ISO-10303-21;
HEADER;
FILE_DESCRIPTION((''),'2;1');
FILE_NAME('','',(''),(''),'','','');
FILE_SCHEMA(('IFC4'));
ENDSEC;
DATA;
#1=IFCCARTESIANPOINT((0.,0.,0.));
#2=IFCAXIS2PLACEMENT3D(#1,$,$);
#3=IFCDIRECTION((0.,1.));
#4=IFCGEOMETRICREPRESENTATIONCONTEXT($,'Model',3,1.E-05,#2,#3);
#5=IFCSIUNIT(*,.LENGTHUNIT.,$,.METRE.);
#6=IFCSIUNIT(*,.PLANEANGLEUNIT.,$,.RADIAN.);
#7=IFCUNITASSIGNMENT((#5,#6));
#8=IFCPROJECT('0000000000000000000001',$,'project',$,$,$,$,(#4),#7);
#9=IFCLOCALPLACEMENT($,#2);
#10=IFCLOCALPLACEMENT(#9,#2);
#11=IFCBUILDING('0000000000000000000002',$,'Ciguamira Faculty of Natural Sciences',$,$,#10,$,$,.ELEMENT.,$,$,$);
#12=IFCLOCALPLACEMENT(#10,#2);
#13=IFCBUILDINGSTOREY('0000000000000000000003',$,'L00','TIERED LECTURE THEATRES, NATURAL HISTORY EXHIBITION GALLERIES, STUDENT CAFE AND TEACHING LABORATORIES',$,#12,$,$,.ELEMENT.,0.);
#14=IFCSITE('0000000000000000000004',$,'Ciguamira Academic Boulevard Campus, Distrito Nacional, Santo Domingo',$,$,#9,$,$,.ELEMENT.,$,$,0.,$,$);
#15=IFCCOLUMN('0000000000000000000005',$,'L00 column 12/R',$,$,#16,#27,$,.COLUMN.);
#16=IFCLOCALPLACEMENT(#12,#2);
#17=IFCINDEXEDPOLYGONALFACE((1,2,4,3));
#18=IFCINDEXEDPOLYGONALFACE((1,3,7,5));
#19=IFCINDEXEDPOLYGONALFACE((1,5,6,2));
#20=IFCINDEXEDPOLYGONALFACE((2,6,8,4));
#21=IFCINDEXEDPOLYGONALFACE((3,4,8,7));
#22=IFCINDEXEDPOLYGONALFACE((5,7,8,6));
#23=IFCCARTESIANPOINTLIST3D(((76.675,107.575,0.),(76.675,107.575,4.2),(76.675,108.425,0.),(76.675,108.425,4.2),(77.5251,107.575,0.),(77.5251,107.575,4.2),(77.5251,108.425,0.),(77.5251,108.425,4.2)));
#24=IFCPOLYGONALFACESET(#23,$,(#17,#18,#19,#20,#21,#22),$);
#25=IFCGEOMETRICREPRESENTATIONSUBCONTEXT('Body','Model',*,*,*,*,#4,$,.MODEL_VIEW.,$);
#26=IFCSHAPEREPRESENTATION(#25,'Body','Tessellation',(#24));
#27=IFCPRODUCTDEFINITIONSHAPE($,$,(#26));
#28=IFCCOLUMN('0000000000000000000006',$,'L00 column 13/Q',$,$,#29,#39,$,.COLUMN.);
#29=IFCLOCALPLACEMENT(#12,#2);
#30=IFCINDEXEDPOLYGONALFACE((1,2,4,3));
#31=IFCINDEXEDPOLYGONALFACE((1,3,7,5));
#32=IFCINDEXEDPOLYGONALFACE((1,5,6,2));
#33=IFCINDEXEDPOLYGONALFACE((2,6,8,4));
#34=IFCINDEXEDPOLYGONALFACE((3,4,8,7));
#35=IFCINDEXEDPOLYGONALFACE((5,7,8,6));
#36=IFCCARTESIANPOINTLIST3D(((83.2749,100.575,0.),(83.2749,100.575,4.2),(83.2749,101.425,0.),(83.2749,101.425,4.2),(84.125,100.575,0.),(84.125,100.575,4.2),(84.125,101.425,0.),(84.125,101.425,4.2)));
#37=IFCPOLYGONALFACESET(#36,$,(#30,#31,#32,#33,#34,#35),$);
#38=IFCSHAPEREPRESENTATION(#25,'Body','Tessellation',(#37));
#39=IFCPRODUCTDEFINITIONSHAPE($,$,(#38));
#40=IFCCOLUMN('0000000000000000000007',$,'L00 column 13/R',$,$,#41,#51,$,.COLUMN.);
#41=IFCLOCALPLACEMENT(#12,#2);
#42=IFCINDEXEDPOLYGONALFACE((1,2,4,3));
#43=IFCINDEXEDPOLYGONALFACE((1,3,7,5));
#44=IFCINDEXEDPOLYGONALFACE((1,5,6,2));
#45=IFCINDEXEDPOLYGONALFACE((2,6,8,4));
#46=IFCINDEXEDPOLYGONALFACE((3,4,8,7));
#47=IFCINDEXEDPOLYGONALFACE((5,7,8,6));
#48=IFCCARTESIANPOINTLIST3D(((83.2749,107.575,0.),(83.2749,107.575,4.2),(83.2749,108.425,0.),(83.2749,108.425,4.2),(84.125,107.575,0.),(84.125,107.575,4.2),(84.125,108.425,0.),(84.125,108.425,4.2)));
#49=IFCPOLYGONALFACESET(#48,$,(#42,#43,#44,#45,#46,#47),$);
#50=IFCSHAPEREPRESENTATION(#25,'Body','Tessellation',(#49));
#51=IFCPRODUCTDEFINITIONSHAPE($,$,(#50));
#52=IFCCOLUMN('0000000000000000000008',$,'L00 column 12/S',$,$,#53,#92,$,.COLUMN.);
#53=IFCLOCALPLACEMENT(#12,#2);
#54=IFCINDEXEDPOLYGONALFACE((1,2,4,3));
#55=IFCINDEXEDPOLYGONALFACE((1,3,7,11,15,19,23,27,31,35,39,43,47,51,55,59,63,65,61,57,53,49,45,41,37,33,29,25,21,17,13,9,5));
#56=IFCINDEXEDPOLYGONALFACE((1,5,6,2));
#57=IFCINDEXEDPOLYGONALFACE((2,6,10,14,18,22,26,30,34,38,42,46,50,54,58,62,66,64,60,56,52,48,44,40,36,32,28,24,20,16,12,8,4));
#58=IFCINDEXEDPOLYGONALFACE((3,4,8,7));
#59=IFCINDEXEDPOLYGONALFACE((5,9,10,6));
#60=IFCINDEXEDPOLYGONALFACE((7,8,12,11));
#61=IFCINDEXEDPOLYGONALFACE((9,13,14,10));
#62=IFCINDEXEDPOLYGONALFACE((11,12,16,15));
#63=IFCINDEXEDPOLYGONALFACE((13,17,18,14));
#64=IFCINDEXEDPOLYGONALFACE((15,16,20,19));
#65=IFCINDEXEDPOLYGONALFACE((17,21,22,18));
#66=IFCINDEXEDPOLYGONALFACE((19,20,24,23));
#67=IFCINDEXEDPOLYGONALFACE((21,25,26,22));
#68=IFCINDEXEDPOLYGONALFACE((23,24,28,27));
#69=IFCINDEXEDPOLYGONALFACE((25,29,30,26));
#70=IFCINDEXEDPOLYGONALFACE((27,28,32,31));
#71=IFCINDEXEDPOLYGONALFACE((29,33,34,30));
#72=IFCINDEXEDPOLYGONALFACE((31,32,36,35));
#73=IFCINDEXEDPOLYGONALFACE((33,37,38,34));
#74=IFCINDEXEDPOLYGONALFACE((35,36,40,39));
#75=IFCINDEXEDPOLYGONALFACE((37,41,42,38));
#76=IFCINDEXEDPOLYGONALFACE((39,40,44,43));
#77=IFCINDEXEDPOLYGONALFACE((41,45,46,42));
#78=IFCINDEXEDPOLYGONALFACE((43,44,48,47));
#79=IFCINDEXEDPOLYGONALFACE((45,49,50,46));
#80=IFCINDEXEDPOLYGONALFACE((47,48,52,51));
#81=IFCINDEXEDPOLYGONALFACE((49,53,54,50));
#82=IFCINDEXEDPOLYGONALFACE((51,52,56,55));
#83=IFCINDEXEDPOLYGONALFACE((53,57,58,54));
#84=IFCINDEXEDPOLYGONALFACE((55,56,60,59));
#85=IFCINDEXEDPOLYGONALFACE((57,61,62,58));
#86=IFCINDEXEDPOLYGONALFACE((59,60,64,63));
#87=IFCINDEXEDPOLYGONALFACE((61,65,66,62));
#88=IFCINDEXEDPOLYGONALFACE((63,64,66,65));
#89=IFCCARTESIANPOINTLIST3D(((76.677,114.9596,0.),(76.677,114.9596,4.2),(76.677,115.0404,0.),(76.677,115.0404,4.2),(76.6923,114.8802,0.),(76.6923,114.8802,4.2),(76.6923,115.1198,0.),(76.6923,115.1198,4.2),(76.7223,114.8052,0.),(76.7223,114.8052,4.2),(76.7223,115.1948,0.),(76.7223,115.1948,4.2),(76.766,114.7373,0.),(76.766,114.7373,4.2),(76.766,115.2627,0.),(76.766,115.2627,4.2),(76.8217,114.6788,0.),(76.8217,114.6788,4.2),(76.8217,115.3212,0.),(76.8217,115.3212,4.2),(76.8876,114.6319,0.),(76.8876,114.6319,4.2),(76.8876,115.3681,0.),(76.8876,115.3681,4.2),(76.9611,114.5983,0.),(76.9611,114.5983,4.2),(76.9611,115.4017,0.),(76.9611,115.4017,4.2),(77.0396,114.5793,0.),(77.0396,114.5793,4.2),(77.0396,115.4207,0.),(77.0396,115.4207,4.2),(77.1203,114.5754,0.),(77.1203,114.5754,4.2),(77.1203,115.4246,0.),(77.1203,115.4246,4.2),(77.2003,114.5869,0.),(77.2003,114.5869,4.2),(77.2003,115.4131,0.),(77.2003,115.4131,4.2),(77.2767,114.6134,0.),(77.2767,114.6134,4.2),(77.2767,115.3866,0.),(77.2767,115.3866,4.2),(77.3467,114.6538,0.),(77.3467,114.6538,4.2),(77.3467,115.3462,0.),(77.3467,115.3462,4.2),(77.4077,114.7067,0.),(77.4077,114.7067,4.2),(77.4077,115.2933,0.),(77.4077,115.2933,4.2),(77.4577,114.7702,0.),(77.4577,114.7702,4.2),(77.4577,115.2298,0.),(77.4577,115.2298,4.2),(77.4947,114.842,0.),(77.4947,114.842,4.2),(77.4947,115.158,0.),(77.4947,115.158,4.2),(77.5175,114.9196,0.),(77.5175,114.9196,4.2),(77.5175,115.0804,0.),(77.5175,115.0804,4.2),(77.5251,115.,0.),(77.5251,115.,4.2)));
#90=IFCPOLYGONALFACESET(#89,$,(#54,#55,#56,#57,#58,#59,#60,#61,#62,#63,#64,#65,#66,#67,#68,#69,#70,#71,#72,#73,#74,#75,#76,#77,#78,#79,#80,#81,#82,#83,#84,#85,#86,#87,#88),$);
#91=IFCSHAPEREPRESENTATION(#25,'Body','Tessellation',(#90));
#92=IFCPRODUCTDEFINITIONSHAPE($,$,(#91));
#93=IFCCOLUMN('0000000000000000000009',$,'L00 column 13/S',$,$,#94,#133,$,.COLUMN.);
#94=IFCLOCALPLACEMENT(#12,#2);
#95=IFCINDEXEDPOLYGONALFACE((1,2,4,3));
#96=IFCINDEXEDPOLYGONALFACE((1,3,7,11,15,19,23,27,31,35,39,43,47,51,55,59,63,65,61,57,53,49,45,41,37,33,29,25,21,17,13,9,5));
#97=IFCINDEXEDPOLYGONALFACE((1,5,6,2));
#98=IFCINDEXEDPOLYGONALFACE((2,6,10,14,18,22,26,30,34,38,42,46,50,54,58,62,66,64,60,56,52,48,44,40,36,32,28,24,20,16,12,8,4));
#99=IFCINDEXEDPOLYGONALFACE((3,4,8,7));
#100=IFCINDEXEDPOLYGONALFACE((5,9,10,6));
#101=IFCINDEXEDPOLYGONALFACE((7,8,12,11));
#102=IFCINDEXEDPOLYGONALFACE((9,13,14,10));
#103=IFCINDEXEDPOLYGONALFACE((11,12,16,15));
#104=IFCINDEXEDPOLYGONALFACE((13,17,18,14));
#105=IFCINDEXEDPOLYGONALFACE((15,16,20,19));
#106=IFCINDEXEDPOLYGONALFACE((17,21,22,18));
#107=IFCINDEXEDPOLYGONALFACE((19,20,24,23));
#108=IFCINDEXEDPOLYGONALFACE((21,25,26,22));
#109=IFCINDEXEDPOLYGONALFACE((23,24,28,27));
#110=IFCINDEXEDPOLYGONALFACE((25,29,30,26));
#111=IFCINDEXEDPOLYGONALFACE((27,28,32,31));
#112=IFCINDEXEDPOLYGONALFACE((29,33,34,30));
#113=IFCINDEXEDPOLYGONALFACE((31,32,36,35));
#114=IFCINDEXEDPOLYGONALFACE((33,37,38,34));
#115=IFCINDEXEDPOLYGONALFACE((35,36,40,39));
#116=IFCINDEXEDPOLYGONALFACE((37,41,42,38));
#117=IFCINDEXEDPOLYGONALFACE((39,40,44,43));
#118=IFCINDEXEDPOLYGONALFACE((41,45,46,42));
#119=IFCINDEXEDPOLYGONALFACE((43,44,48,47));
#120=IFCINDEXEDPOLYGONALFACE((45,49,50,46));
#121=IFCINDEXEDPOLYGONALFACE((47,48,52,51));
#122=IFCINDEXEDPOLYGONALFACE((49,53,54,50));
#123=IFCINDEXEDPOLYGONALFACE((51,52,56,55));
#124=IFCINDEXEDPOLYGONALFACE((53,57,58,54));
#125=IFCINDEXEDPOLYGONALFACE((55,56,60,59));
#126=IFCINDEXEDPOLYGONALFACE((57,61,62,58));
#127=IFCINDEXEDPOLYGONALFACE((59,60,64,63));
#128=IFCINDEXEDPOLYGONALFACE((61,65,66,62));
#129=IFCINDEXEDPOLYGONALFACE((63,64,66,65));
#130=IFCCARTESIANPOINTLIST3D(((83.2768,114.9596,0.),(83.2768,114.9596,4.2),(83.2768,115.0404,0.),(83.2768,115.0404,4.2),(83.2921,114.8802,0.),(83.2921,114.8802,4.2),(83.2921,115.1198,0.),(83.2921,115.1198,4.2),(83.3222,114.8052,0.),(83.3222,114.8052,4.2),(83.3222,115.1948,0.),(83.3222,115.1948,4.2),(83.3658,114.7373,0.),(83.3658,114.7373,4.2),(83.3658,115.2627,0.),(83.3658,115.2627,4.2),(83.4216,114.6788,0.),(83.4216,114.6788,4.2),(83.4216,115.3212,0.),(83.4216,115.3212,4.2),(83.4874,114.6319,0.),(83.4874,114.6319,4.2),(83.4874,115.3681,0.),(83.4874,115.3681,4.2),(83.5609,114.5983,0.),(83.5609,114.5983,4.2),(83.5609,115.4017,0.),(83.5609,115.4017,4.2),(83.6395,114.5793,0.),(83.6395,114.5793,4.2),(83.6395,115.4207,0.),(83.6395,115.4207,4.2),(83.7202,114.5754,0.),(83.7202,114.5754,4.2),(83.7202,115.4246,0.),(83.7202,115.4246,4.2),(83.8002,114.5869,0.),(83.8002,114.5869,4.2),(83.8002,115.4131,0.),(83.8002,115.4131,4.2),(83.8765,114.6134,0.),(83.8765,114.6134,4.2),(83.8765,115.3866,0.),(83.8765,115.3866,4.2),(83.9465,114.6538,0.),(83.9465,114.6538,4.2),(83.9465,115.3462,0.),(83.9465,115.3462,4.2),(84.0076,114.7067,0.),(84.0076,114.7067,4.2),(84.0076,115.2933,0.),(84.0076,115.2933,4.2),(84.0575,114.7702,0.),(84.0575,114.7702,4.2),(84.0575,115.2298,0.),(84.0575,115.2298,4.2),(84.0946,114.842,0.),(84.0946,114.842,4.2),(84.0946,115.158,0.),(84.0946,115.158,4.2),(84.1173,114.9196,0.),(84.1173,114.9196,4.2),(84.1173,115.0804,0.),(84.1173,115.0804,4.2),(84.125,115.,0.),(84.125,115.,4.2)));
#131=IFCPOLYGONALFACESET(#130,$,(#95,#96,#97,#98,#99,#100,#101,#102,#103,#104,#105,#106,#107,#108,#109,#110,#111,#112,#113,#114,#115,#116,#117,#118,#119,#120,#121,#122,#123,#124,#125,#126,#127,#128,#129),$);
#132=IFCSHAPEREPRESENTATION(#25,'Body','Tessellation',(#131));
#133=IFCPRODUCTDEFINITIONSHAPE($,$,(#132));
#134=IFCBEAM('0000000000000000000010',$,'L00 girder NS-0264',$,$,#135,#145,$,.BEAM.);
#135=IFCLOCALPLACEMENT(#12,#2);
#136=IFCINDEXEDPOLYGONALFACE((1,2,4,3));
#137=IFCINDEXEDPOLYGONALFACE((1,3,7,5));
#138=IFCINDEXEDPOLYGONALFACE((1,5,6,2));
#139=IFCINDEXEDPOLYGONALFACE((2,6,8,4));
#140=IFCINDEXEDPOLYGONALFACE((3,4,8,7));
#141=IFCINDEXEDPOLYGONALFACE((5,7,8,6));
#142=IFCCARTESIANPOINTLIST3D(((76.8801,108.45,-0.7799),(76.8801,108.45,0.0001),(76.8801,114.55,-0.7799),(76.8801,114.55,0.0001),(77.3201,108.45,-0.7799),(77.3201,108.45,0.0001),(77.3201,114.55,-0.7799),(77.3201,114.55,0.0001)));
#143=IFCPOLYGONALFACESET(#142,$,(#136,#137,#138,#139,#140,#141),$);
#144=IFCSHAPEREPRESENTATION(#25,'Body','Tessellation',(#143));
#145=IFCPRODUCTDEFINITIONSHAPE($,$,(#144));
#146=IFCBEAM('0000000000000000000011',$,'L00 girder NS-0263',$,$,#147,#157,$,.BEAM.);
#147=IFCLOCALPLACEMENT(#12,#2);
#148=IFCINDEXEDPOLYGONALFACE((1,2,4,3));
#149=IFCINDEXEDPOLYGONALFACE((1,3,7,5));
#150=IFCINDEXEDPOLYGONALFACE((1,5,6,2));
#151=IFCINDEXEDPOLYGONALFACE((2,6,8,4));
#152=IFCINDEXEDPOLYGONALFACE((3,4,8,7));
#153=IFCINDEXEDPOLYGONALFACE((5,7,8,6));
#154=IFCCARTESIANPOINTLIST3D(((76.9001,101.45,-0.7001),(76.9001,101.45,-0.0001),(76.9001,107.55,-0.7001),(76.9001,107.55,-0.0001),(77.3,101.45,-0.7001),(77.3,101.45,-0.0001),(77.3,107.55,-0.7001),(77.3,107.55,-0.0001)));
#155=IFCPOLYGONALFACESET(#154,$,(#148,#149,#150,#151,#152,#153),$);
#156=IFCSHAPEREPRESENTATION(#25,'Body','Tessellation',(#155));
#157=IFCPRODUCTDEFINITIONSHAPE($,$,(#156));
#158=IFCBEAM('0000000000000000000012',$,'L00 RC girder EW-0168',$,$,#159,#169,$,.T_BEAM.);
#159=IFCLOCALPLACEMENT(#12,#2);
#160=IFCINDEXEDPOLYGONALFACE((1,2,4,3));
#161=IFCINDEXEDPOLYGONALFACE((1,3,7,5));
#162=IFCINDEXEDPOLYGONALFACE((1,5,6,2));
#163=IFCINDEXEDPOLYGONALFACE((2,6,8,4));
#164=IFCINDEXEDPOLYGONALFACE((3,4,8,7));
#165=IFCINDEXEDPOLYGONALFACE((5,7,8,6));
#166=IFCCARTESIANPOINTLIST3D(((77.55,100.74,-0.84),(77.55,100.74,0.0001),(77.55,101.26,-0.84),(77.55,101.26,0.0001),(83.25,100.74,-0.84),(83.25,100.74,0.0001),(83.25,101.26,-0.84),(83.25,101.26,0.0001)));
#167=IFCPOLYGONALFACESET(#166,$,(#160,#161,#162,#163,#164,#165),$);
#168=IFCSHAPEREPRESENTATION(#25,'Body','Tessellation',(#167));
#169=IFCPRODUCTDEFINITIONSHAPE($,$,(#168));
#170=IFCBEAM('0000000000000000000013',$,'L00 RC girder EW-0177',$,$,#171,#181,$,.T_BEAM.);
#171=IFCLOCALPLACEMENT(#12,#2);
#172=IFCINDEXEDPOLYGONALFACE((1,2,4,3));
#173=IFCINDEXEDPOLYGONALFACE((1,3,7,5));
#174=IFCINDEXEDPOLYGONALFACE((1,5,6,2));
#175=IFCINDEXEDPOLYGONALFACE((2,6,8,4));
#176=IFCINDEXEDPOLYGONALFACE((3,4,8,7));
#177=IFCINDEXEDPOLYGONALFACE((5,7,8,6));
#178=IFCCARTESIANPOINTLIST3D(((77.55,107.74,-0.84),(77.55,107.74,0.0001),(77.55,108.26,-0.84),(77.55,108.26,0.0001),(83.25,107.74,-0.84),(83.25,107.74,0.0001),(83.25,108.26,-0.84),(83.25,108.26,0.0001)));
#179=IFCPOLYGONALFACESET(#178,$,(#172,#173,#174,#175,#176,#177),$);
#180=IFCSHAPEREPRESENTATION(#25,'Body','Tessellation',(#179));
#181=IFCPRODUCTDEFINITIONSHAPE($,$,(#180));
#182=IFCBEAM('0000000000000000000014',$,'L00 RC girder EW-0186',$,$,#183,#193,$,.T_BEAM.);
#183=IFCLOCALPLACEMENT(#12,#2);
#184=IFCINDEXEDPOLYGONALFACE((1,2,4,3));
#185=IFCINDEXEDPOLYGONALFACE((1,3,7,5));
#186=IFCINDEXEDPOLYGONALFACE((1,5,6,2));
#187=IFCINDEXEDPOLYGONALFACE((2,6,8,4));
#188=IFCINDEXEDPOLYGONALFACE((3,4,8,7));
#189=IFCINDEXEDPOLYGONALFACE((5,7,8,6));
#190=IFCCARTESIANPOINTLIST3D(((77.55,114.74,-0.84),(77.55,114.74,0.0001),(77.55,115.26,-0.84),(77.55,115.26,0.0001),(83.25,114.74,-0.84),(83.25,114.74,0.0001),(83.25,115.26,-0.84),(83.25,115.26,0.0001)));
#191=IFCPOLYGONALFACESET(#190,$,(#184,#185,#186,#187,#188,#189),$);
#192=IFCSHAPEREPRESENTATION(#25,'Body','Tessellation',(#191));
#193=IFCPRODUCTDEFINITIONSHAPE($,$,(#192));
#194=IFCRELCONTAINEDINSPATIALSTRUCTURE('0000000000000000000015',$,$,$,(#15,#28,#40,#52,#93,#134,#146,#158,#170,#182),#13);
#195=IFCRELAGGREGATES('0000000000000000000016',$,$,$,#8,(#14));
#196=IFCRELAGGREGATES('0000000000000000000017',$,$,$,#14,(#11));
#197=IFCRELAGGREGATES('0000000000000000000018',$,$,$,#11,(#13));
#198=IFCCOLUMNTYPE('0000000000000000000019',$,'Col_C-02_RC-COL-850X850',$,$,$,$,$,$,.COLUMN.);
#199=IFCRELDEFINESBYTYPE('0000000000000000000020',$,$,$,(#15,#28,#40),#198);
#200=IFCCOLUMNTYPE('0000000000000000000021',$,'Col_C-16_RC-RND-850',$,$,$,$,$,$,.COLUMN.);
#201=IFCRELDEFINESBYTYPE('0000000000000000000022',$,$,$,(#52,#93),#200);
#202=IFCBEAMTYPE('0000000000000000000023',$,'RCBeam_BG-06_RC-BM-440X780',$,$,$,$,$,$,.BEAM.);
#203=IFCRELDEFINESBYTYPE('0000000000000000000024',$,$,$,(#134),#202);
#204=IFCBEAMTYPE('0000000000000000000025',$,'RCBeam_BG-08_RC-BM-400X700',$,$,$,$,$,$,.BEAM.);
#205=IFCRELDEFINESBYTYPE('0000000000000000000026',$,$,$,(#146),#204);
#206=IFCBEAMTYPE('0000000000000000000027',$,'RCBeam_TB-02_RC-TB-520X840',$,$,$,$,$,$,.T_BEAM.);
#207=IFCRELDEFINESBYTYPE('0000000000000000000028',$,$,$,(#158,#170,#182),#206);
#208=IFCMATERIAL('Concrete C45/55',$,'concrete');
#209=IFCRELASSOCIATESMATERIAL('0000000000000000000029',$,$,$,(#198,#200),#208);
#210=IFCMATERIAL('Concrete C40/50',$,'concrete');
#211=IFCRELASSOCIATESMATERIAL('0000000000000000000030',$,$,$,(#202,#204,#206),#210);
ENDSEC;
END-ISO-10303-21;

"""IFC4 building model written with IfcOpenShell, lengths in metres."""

from ifc_helpers import new_model, si_unit, direction, frame, origin, origin_2d, place, context, subcontext, project, spatial, rectangle, circle, extrude, material, material_profile, profile_set, type_object, element, save


model = new_model("IFC4")

# Units and contexts
model_context = context("Model", 3, precision=1e-05, world=origin(), true_north=direction((0.0, 1.0)))
body_context = subcontext(model_context, "Body", "Model", "MODEL_VIEW")
ifc_project = project(units=[si_unit("LENGTHUNIT", "METRE"), si_unit("PLANEANGLEUNIT", "RADIAN")], contexts=[model_context])

# Site, building, storey
site_placement = place(None, origin())
site = spatial("IfcSite", under=ifc_project, at=site_placement, Name="Ciguamira Academic Boulevard Campus, Distrito Nacional, Santo Domingo", CompositionType="ELEMENT", RefElevation=0.0)
building_placement = place(site_placement, origin())
building = spatial("IfcBuilding", under=site, at=building_placement, Name="Ciguamira Faculty of Natural Sciences", CompositionType="ELEMENT")
storey_placement = place(building_placement, origin())
storey = spatial("IfcBuildingStorey", under=building, at=storey_placement, Name="L00", Description="TIERED LECTURE THEATRES, NATURAL HISTORY EXHIBITION GALLERIES, STUDENT CAFE AND TEACHING LABORATORIES", CompositionType="ELEMENT", Elevation=0.0)

# Columns
ifc_material_1 = material(Name="Concrete C45/55", Category="concrete")
ifc_material_profile_1 = material_profile(ifc_material_1, rectangle(XDim=0.8501, YDim=0.8501, at=origin_2d()), Name="RC-COL-850X850")
ifc_profile_set_1 = profile_set([ifc_material_profile_1], Name="Concrete C45/55")
column_type_1 = type_object("IfcColumnType", Name="Col_C-02_RC-COL-850X850", PredefinedType="COLUMN", material=ifc_profile_set_1)
for number, where, z_axis, x_axis, name in (
    (1, (77.1001, 108.0, 0.0), (0.0, 0.0, 1.0), (1.0, 0.0, 0.0), "L00 column 12/R"),
    (2, (83.7, 101.0, 0.0), (0.0, 0.0, 1.0), (1.0, 0.0, 0.0), "L00 column 13/Q"),
    (3, (83.7, 108.0, 0.0), (0.0, 0.0, 1.0), (1.0, 0.0, 0.0), "L00 column 13/R"),
):
    element("IfcColumn", number, at=place(storey_placement, frame(where, z_axis=z_axis, x_axis=x_axis)), inside=storey, type_object=column_type_1, Name=name, PredefinedType="COLUMN", context=body_context, shape_type="SweptSolid", body=[
        extrude(rectangle(XDim=0.8501, YDim=0.8501, at=origin_2d()), origin(), (0.0, 0.0, 1.0), 4.2),
    ])
ifc_material_profile_2 = material_profile(ifc_material_1, circle(Radius=0.425, at=origin_2d()), Name="RC-RND-850")
ifc_profile_set_2 = profile_set([ifc_material_profile_2], Name="Concrete C45/55")
column_type_2 = type_object("IfcColumnType", Name="Col_C-16_RC-RND-850", PredefinedType="COLUMN", material=ifc_profile_set_2)
for number, where, z_axis, x_axis, name in (
    (4, (77.1001, 115.0, 0.0), (0.0, 0.0, 1.0), (1.0, 0.0, 0.0), "L00 column 12/S"),
    (5, (83.7, 115.0, 0.0), (0.0, 0.0, 1.0), (1.0, 0.0, 0.0), "L00 column 13/S"),
):
    element("IfcColumn", number, at=place(storey_placement, frame(where, z_axis=z_axis, x_axis=x_axis)), inside=storey, type_object=column_type_2, Name=name, PredefinedType="COLUMN", context=body_context, shape_type="SweptSolid", body=[
        extrude(circle(Radius=0.425, at=origin_2d()), origin(), (0.0, 0.0, 1.0), 4.2),
    ])

# Beams
ifc_material_2 = material(Name="Concrete C40/50", Category="concrete")
ifc_material_profile_3 = material_profile(ifc_material_2, rectangle(XDim=0.4399, YDim=0.78, at=origin_2d()), Name="RC-BM-440X780")
ifc_profile_set_3 = profile_set([ifc_material_profile_3], Name="Concrete C40/50")
beam_type_1 = type_object("IfcBeamType", Name="RCBeam_BG-06_RC-BM-440X780", PredefinedType="BEAM", material=ifc_profile_set_3)
beam_1_placement = place(storey_placement, frame((77.1001, 108.45, -0.3899), z_axis=(0.0, 1.0, 0.0), x_axis=(-1.0, 0.0, 0.0)))
element("IfcBeam", 6, at=beam_1_placement, inside=storey, type_object=beam_type_1, Name="L00 girder NS-0264", PredefinedType="BEAM", context=body_context, shape_type="SweptSolid", body=[
    extrude(rectangle(XDim=0.4399, YDim=0.78, at=origin_2d()), origin(), (0.0, 0.0, 1.0), 6.1001),
])
ifc_material_profile_4 = material_profile(ifc_material_2, rectangle(XDim=0.3999, YDim=0.7, at=origin_2d()), Name="RC-BM-400X700")
ifc_profile_set_4 = profile_set([ifc_material_profile_4], Name="Concrete C40/50")
beam_type_2 = type_object("IfcBeamType", Name="RCBeam_BG-08_RC-BM-400X700", PredefinedType="BEAM", material=ifc_profile_set_4)
beam_2_placement = place(storey_placement, frame((77.1001, 101.45, -0.3501), z_axis=(0.0, 1.0, 0.0), x_axis=(-1.0, 0.0, 0.0)))
element("IfcBeam", 7, at=beam_2_placement, inside=storey, type_object=beam_type_2, Name="L00 girder NS-0263", PredefinedType="BEAM", context=body_context, shape_type="SweptSolid", body=[
    extrude(rectangle(XDim=0.3999, YDim=0.7, at=origin_2d()), origin(), (0.0, 0.0, 1.0), 6.1001),
])
ifc_material_profile_5 = material_profile(ifc_material_2, rectangle(XDim=0.52, YDim=0.8401, at=origin_2d()), Name="RC-TB-520X840")
ifc_profile_set_5 = profile_set([ifc_material_profile_5], Name="Concrete C40/50")
beam_type_3 = type_object("IfcBeamType", Name="RCBeam_TB-02_RC-TB-520X840", PredefinedType="T_BEAM", material=ifc_profile_set_5)
for number, where, z_axis, x_axis, name in (
    (8, (77.55, 101.0, -0.4199), (1.0, 0.0, 0.0), (0.0, 1.0, 0.0), "L00 RC girder EW-0168"),
    (9, (77.55, 108.0, -0.4199), (1.0, 0.0, 0.0), (0.0, 1.0, 0.0), "L00 RC girder EW-0177"),
    (10, (77.55, 115.0, -0.4199), (1.0, 0.0, 0.0), (0.0, 1.0, 0.0), "L00 RC girder EW-0186"),
):
    element("IfcBeam", number, at=place(storey_placement, frame(where, z_axis=z_axis, x_axis=x_axis)), inside=storey, type_object=beam_type_3, Name=name, PredefinedType="T_BEAM", context=body_context, shape_type="SweptSolid", body=[
        extrude(rectangle(XDim=0.52, YDim=0.8401, at=origin_2d()), origin(), (0.0, 0.0, 1.0), 5.7),
    ])

save(model, "model.ifc")
